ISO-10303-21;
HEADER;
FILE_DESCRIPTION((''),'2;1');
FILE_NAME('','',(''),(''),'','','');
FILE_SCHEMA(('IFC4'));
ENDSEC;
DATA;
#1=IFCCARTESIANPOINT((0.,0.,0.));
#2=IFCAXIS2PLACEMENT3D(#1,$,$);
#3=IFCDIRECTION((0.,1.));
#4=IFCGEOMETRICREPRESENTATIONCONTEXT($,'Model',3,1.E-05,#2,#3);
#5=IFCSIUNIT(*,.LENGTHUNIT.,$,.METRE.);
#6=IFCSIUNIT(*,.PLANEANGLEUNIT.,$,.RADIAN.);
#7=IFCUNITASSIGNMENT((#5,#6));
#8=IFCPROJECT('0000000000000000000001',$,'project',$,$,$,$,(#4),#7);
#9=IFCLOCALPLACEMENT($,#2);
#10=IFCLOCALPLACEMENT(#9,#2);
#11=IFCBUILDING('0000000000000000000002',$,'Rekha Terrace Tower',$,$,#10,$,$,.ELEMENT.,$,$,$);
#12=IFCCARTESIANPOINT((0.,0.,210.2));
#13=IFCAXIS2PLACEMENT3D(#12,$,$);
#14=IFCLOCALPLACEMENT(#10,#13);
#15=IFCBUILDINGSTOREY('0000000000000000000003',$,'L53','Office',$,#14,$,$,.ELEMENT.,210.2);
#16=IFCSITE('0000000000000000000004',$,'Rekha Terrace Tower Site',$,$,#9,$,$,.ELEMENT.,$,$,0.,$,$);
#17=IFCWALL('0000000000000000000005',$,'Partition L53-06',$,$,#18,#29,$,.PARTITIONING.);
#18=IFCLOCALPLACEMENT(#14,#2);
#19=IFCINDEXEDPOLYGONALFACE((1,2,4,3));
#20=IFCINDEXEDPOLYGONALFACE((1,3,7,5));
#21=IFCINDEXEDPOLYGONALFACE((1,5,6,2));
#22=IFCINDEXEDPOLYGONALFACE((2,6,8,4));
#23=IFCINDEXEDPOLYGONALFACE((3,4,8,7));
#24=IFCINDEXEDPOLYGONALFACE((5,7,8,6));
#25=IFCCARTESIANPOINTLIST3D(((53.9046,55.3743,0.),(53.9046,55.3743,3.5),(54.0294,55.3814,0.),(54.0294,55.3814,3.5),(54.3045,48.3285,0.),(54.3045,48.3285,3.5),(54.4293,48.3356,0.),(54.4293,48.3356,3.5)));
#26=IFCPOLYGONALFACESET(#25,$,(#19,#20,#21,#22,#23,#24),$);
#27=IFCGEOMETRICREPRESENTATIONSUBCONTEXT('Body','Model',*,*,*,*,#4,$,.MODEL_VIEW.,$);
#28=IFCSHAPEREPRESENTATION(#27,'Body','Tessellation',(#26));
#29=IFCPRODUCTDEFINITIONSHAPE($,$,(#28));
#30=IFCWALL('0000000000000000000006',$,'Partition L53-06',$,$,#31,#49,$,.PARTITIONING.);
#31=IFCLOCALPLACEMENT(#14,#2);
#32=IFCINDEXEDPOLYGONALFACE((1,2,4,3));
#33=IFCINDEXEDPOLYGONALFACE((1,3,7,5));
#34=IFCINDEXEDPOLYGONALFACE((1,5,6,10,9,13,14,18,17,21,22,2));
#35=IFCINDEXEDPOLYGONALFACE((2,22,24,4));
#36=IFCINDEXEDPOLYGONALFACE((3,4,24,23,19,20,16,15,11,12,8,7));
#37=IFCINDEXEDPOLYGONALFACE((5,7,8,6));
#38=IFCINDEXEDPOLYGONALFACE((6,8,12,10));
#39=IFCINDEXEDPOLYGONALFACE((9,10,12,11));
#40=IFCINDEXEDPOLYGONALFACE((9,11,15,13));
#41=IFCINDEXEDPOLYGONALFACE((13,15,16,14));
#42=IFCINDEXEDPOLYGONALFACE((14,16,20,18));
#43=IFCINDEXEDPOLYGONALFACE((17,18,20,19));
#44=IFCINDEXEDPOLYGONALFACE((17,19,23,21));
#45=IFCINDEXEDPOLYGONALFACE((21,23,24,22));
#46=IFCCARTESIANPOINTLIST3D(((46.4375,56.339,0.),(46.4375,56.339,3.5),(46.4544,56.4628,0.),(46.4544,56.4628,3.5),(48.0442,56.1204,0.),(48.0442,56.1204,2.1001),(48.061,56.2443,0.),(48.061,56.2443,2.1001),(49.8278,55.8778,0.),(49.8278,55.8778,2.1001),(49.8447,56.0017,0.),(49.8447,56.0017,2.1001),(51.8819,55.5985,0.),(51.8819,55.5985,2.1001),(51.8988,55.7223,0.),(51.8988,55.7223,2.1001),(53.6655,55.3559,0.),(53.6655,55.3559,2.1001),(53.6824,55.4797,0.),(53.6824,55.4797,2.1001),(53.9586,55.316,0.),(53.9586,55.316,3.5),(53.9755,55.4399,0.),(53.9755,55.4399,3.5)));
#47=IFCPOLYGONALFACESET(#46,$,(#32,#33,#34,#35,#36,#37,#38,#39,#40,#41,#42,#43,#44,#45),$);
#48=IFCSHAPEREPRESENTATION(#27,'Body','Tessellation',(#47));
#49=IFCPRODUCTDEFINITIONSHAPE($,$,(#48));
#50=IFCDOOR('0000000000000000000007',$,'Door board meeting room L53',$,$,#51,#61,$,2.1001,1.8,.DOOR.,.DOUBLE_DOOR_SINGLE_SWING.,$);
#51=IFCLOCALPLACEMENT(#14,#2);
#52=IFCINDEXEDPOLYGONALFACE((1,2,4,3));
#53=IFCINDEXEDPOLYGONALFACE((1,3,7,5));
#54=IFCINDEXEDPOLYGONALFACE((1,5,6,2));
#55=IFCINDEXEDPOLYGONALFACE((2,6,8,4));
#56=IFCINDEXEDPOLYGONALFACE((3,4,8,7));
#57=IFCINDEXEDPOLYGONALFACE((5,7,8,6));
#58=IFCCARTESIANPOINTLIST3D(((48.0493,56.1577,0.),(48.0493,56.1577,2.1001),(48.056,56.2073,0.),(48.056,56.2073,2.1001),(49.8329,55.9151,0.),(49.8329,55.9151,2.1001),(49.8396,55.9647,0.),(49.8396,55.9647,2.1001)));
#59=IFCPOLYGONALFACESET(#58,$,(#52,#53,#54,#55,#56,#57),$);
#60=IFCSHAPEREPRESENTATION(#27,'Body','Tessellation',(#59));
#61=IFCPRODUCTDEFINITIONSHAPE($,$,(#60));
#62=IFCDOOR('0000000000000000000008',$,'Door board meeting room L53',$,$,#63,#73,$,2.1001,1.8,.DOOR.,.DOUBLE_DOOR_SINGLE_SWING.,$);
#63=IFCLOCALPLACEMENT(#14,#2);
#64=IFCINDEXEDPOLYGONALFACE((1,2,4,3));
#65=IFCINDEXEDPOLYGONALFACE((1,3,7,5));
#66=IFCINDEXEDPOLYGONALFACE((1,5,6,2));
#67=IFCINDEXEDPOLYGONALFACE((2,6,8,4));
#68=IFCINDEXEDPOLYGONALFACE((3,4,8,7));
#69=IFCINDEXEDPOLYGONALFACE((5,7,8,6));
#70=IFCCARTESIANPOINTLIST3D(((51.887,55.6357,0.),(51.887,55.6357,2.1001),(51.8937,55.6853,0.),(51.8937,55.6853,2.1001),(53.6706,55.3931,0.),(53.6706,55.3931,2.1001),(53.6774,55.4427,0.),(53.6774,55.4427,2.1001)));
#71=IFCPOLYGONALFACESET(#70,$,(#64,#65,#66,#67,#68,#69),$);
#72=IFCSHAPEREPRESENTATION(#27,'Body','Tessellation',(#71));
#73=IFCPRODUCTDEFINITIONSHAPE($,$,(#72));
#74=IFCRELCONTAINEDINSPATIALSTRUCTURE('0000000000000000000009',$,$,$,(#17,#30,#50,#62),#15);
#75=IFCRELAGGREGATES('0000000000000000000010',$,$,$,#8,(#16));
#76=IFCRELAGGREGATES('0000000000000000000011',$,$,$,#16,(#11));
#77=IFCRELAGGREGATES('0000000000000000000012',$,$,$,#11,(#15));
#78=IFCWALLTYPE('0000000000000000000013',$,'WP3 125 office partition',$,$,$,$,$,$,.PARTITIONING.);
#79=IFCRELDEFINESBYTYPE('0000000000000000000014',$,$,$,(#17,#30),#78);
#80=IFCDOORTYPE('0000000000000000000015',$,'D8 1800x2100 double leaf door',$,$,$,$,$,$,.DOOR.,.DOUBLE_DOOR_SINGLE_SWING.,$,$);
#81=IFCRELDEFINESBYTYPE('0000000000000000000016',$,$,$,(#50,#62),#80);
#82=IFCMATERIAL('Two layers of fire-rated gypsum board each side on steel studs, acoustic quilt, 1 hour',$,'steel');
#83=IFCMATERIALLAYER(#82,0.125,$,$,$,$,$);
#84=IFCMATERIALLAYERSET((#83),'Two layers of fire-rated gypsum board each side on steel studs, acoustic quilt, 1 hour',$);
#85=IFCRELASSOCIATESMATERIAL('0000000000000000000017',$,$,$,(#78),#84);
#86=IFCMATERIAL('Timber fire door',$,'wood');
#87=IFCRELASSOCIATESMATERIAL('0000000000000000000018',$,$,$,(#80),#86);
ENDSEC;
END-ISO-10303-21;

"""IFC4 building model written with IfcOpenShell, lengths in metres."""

from ifc_helpers import new_model, si_unit, direction, frame, frame_2d, origin, place, context, subcontext, project, spatial, rectangle, extrude, material, layer, layer_set, type_object, element, fill, save


model = new_model("IFC4")

# Units and contexts
model_context = context("Model", 3, precision=1e-05, world=origin(), true_north=direction((0.0, 1.0)))
body_context = subcontext(model_context, "Body", "Model", "MODEL_VIEW")
ifc_project = project(units=[si_unit("LENGTHUNIT", "METRE"), si_unit("PLANEANGLEUNIT", "RADIAN")], contexts=[model_context])

# Site, building, storey
site_placement = place(None, origin())
site = spatial("IfcSite", under=ifc_project, at=site_placement, Name="Rekha Terrace Tower Site", CompositionType="ELEMENT", RefElevation=0.0)
building_placement = place(site_placement, origin())
building = spatial("IfcBuilding", under=site, at=building_placement, Name="Rekha Terrace Tower", CompositionType="ELEMENT")
storey_placement = place(building_placement, frame((0.0, 0.0, 210.2)))
storey = spatial("IfcBuildingStorey", under=building, at=storey_placement, Name="L53", Description="Office", CompositionType="ELEMENT", Elevation=210.2)

# Wall
ifc_material_1 = material(Name="Two layers of fire-rated gypsum board each side on steel studs, acoustic quilt, 1 hour", Category="steel")
ifc_layer_1 = layer(ifc_material_1, 0.125)
ifc_layer_set_1 = layer_set([ifc_layer_1], Name="Two layers of fire-rated gypsum board each side on steel studs, acoustic quilt, 1 hour")
wall_type = type_object("IfcWallType", Name="WP3 125 office partition", PredefinedType="PARTITIONING", material=ifc_layer_set_1)
wall_1_placement = place(storey_placement, frame((54.3669, 48.332, 0.0), z_axis=(0.0, 0.0, 1.0), x_axis=(-0.056666, 0.998393, 0.0)))
element("IfcWall", 1, at=wall_1_placement, inside=storey, type_object=wall_type, Name="Partition L53-06", PredefinedType="PARTITIONING", context=body_context, shape_type="SweptSolid", body=[
    extrude(rectangle(XDim=7.0571, YDim=0.125, at=frame_2d((3.5286, 0.0))), origin(), (0.0, 0.0, 1.0), 3.5),
])

# Wall, openings, doors
wall_2_placement = place(storey_placement, frame((53.967, 55.3779, 0.0), z_axis=(0.0, 0.0, 1.0), x_axis=(-0.990877, 0.134772, 0.0)))
wall_2 = element("IfcWall", 2, at=wall_2_placement, inside=storey, type_object=wall_type, Name="Partition L53-06", PredefinedType="PARTITIONING", context=body_context, shape_type="SweptSolid", body=[
    extrude(rectangle(XDim=7.5903, YDim=0.125, at=frame_2d((3.7952, 0.0))), origin(), (0.0, 0.0, 1.0), 3.5),
])
opening_1_placement = place(wall_2_placement, frame((4.1689, 0.0, 0.0)))
opening_1 = element("IfcOpeningElement", 3, at=opening_1_placement, cuts=wall_2, PredefinedType="OPENING", context=body_context, shape_type="SweptSolid", body=[
    extrude(rectangle(XDim=1.8, YDim=2.1001, at=frame_2d((0.8999, 1.05))), frame((0.0, 0.0725, 0.0), z_axis=(0.0, -1.0, 0.0), x_axis=(1.0, 0.0, 0.0)), (0.0, 0.0, 1.0), 0.145),
])
opening_2_placement = place(wall_2_placement, frame((0.2959, 0.0, 0.0)))
opening_2 = element("IfcOpeningElement", 4, at=opening_2_placement, cuts=wall_2, PredefinedType="OPENING", context=body_context, shape_type="SweptSolid", body=[
    extrude(rectangle(XDim=1.8, YDim=2.1001, at=frame_2d((0.8999, 1.05))), frame((0.0, 0.0725, 0.0), z_axis=(0.0, -1.0, 0.0), x_axis=(1.0, 0.0, 0.0)), (0.0, 0.0, 1.0), 0.145),
])
ifc_material_2 = material(Name="Timber fire door", Category="wood")
door_type = type_object("IfcDoorType", Name="D8 1800x2100 double leaf door", OperationType="DOUBLE_DOOR_SINGLE_SWING", PredefinedType="DOOR", material=ifc_material_2)
door_1_placement = place(opening_1_placement, origin())
door_1 = element("IfcDoor", 5, at=door_1_placement, inside=storey, type_object=door_type, Name="Door board meeting room L53", OperationType="DOUBLE_DOOR_SINGLE_SWING", OverallHeight=2.1001, OverallWidth=1.8, PredefinedType="DOOR", context=body_context, shape_type="SweptSolid", body=[
    extrude(rectangle(XDim=1.8, YDim=2.1001, at=frame_2d((0.8999, 1.05))), frame((0.0, 0.0249, 0.0), z_axis=(0.0, -1.0, 0.0), x_axis=(1.0, 0.0, 0.0)), (0.0, 0.0, 1.0), 0.05),
])
fill(opening_1, door_1)
door_2_placement = place(opening_2_placement, origin())
door_2 = element("IfcDoor", 6, at=door_2_placement, inside=storey, type_object=door_type, Name="Door board meeting room L53", OperationType="DOUBLE_DOOR_SINGLE_SWING", OverallHeight=2.1001, OverallWidth=1.8, PredefinedType="DOOR", context=body_context, shape_type="SweptSolid", body=[
    extrude(rectangle(XDim=1.8, YDim=2.1001, at=frame_2d((0.8999, 1.05))), frame((0.0, 0.0249, 0.0), z_axis=(0.0, -1.0, 0.0), x_axis=(1.0, 0.0, 0.0)), (0.0, 0.0, 1.0), 0.05),
])
fill(opening_2, door_2)

save(model, "model.ifc")
